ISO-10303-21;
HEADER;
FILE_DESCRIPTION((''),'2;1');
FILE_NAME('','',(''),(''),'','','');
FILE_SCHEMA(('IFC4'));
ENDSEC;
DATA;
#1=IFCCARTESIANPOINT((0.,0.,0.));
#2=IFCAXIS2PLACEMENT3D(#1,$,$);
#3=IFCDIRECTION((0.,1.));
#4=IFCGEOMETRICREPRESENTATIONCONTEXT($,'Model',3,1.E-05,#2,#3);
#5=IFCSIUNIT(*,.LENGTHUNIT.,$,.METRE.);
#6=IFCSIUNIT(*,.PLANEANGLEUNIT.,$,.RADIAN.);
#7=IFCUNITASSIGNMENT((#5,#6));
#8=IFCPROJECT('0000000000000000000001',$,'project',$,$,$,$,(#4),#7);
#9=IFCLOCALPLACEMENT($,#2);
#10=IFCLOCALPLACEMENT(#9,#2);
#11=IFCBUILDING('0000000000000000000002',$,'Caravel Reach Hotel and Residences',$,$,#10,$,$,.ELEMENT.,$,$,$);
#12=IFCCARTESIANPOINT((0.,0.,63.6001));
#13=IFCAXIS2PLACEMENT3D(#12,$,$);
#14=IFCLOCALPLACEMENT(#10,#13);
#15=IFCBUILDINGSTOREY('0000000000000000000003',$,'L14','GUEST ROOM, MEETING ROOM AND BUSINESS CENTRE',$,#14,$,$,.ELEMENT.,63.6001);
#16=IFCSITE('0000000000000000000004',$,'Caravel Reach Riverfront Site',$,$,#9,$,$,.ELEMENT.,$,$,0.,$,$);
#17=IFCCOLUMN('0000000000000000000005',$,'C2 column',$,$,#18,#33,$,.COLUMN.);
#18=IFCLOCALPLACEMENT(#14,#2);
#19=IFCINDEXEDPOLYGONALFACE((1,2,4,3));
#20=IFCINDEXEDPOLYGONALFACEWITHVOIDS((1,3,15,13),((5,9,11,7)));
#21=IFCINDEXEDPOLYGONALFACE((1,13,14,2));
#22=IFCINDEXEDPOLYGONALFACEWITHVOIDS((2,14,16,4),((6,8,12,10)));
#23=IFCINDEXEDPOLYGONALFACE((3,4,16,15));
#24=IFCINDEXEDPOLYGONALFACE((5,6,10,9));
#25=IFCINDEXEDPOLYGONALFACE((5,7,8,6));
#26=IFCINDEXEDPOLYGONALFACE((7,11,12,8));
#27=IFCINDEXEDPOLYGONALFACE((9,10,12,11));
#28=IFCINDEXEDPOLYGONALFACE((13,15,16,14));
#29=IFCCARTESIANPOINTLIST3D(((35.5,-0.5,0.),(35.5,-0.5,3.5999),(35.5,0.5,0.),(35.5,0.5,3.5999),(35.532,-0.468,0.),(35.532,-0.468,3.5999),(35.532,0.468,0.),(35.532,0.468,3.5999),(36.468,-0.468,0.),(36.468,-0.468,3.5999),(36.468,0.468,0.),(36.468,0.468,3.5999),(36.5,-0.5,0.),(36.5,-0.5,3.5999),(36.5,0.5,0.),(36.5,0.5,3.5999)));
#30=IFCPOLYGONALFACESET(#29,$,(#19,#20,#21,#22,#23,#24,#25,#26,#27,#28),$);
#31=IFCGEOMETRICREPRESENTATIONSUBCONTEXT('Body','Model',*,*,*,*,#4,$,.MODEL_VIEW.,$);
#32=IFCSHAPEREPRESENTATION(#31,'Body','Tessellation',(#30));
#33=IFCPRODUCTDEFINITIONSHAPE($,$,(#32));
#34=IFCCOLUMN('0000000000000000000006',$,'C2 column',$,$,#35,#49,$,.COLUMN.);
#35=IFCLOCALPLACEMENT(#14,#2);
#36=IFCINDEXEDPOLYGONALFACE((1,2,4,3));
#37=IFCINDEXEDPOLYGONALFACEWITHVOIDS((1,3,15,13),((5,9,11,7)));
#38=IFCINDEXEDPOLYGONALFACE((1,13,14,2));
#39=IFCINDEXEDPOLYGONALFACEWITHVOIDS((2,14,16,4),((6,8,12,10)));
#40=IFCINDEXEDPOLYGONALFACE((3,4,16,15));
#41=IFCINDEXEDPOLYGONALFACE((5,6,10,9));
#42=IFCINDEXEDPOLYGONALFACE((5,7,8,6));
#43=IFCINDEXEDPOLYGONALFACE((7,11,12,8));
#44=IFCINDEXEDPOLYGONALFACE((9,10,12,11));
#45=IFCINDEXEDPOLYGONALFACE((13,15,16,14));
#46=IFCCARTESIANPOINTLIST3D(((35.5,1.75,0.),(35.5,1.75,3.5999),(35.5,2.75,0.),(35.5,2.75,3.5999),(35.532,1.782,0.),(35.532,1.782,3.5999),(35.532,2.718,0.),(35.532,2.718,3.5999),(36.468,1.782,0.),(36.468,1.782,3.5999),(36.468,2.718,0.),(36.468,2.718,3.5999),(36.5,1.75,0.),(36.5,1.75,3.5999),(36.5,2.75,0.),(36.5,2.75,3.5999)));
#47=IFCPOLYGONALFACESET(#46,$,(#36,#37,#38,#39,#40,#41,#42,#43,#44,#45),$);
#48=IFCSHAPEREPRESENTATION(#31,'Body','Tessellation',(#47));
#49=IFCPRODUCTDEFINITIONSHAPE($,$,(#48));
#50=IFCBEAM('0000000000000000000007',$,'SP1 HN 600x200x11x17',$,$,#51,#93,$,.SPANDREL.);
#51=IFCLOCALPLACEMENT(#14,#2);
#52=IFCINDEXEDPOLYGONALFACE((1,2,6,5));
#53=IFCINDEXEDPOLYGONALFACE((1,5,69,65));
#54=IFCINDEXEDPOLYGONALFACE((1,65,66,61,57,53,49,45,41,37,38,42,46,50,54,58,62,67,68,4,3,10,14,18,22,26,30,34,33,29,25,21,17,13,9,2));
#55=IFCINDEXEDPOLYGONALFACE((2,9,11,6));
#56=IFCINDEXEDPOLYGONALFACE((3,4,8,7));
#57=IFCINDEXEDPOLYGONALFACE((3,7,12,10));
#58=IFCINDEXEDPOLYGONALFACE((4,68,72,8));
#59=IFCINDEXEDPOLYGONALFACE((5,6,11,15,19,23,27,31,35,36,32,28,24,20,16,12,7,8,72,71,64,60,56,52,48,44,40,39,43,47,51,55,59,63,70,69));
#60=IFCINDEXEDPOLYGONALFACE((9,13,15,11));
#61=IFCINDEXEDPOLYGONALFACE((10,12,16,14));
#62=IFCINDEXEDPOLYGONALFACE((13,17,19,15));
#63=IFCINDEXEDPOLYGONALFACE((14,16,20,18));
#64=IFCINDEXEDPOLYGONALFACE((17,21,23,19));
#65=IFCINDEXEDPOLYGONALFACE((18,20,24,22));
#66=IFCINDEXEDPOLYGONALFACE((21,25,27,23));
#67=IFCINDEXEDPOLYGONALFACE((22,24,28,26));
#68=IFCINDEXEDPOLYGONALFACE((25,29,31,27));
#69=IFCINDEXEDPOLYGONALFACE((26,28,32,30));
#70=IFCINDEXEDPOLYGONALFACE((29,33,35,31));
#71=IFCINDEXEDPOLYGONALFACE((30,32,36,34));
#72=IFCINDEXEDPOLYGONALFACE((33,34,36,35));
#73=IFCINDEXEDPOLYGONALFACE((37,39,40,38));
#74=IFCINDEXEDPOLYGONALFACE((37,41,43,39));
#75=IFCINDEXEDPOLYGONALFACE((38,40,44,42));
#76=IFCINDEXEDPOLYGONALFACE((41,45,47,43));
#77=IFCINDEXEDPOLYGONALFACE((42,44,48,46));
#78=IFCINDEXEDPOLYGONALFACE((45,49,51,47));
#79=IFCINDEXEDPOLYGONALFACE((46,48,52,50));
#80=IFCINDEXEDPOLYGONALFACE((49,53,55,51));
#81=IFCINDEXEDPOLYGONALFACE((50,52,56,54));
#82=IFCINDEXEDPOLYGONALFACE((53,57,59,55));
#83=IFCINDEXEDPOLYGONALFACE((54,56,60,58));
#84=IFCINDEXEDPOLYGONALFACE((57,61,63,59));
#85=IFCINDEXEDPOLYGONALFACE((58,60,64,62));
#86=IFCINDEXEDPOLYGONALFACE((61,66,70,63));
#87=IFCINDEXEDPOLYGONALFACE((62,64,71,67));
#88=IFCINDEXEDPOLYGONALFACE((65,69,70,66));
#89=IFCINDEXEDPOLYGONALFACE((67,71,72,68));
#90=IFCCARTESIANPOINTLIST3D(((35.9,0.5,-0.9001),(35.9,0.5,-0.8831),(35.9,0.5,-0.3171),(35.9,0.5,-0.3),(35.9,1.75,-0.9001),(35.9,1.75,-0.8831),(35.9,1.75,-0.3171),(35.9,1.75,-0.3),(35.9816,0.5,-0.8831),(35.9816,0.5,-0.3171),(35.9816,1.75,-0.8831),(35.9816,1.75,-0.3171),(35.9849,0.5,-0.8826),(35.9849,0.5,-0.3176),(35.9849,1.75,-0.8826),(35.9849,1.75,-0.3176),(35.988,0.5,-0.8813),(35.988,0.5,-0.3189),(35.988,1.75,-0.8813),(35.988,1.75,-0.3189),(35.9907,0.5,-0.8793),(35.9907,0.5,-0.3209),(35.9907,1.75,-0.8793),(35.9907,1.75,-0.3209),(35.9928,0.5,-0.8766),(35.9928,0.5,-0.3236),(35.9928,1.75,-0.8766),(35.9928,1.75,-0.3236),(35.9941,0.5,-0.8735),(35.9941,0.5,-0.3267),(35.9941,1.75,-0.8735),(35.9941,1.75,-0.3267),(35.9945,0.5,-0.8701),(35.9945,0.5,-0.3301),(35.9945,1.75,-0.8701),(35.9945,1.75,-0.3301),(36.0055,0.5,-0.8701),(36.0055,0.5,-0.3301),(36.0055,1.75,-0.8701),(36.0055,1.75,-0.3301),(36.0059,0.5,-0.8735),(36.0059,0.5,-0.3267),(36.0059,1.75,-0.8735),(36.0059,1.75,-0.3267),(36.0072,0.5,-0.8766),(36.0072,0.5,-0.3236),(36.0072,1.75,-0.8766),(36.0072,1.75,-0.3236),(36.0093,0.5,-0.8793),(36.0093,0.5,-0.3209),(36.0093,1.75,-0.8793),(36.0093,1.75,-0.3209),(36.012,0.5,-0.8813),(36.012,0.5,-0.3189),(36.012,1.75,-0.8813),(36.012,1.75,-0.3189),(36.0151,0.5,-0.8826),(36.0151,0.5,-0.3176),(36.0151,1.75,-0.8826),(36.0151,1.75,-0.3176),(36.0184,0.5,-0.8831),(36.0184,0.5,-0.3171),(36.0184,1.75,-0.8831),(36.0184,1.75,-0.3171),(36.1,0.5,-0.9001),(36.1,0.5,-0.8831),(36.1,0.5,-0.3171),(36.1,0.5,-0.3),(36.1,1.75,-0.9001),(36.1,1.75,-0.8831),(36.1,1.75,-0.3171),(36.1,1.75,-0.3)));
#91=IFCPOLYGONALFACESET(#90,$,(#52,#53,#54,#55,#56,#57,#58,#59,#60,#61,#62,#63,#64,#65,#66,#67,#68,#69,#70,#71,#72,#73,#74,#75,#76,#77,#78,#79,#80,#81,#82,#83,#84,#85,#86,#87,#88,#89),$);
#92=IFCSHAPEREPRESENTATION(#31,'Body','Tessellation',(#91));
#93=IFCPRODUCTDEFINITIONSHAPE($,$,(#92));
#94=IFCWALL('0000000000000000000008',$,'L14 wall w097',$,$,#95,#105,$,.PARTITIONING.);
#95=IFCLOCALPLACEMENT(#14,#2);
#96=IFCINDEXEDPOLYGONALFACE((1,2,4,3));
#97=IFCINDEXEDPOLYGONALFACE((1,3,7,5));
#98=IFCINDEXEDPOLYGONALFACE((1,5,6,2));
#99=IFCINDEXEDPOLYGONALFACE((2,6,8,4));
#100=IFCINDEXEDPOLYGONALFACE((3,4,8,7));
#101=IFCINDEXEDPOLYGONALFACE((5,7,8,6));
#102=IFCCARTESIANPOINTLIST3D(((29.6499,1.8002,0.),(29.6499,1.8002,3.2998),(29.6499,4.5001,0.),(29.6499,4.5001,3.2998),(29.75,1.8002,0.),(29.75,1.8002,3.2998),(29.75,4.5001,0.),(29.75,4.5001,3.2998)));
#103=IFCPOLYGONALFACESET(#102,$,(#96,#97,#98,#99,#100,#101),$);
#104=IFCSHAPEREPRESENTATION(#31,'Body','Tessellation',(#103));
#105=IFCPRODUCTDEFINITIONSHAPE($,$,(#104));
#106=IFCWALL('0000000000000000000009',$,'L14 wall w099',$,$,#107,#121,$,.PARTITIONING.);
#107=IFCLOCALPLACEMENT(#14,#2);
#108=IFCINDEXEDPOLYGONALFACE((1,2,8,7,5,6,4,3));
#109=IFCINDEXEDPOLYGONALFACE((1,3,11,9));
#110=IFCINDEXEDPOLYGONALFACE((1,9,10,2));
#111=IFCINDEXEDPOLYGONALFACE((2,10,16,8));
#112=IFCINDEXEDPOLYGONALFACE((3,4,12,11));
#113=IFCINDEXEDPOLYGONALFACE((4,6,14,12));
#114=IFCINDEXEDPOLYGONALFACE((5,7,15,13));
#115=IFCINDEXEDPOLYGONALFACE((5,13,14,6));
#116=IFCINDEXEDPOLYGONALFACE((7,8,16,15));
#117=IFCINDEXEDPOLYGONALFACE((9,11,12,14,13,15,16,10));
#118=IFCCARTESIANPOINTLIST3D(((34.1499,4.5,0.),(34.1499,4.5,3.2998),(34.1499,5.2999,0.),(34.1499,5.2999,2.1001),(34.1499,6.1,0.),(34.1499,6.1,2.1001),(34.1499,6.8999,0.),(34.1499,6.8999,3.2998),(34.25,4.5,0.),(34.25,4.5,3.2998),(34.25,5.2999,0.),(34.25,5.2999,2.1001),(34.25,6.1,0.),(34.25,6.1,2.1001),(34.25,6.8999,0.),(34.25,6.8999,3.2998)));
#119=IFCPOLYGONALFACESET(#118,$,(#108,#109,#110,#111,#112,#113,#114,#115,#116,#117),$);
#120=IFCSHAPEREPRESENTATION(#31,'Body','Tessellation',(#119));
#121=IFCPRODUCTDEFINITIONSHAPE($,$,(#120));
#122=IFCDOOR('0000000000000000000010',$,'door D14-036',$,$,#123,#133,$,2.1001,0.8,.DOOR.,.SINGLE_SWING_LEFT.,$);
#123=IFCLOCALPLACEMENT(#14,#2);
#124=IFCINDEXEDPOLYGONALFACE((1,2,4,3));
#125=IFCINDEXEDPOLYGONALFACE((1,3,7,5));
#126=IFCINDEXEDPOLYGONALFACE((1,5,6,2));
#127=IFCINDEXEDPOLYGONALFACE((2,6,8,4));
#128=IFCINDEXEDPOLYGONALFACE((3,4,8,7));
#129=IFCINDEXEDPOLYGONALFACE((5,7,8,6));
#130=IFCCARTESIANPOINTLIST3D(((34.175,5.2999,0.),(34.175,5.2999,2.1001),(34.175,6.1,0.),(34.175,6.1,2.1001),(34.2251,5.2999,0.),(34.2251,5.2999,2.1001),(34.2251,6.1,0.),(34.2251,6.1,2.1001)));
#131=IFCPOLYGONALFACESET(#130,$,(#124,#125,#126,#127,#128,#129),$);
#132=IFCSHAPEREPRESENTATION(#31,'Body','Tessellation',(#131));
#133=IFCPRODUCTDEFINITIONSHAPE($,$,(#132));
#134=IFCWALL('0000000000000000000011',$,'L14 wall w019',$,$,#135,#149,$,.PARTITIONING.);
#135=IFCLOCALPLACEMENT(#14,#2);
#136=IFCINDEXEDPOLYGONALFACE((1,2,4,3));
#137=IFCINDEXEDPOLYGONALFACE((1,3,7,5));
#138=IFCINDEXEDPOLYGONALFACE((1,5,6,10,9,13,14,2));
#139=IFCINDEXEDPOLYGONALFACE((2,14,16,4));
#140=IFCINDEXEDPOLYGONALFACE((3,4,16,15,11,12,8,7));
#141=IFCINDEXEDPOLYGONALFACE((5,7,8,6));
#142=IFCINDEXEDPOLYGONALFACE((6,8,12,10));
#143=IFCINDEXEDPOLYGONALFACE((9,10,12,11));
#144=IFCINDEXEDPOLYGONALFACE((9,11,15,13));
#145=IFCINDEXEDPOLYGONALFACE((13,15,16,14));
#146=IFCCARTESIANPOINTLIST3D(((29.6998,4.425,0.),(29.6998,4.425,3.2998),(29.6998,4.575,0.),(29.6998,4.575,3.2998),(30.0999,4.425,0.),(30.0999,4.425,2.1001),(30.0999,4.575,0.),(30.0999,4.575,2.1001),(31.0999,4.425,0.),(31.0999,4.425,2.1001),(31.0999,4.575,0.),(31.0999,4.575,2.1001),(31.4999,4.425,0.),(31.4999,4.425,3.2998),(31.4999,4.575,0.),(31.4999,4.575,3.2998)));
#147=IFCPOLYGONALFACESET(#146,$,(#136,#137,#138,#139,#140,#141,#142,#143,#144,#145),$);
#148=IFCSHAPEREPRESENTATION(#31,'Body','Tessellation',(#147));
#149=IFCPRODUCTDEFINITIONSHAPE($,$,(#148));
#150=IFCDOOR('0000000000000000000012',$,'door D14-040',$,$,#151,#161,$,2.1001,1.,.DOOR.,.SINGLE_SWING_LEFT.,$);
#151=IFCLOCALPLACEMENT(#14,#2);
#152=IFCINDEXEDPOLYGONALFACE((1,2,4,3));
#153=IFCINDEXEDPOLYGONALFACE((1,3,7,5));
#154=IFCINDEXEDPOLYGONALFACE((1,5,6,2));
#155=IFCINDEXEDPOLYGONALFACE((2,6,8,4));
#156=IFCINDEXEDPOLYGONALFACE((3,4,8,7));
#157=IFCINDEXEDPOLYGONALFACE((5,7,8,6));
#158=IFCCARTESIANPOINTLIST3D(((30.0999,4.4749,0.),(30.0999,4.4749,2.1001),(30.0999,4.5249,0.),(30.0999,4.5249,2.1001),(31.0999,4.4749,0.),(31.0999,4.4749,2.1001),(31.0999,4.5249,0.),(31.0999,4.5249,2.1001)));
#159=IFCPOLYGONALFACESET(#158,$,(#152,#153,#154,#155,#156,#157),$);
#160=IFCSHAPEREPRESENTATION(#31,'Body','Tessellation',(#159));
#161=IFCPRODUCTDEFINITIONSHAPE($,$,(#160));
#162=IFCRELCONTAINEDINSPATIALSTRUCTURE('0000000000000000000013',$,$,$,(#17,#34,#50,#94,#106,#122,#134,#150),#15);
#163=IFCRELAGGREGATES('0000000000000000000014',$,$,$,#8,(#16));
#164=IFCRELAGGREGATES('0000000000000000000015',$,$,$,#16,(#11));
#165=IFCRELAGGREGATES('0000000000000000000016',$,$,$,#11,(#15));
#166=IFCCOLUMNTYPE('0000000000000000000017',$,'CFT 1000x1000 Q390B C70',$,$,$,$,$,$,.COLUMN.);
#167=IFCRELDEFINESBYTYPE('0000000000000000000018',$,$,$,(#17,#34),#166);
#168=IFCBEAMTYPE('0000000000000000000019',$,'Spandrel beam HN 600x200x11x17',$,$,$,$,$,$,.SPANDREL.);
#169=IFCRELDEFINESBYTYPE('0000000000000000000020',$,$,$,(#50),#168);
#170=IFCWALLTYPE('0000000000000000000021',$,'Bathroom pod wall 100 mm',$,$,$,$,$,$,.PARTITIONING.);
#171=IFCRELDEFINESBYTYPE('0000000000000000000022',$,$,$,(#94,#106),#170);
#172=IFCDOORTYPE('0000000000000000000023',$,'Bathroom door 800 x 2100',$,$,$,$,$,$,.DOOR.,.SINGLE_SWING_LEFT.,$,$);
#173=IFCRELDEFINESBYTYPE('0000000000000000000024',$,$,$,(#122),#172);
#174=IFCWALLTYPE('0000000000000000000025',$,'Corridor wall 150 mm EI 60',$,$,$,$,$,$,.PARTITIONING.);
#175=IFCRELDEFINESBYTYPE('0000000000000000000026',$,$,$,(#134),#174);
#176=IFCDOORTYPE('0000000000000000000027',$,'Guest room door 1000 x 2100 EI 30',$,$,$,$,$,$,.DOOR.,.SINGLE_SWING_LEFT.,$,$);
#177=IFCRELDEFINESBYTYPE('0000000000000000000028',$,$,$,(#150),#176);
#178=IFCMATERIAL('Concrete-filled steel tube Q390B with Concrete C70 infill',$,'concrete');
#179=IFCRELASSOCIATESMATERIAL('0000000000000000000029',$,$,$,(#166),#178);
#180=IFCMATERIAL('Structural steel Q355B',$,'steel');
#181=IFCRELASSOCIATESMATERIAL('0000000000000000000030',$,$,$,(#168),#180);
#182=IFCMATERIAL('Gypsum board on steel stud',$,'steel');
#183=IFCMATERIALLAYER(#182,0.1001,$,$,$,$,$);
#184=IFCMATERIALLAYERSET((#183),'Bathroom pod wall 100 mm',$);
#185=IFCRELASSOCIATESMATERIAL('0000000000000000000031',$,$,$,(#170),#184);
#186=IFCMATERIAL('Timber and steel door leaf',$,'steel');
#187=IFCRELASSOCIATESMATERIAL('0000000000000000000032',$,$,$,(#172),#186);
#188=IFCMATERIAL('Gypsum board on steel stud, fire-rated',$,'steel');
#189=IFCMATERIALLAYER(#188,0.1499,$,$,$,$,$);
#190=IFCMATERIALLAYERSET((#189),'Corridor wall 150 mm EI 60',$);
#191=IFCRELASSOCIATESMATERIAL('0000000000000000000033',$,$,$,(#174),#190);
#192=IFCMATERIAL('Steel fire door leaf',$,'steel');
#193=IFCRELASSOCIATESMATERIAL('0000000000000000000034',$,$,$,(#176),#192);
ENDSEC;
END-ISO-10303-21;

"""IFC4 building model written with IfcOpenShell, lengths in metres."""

from ifc_helpers import new_model, si_unit, direction, frame, frame_2d, origin, origin_2d, place, context, subcontext, project, spatial, rectangle, hollow_rectangle, i_section, extrude, material, layer, layer_set, material_profile, profile_set, type_object, element, fill, save


model = new_model("IFC4")

# Units and contexts
model_context = context("Model", 3, precision=1e-05, world=origin(), true_north=direction((0.0, 1.0)))
body_context = subcontext(model_context, "Body", "Model", "MODEL_VIEW")
ifc_project = project(units=[si_unit("LENGTHUNIT", "METRE"), si_unit("PLANEANGLEUNIT", "RADIAN")], contexts=[model_context])

# Site, building, storey
site_placement = place(None, origin())
site = spatial("IfcSite", under=ifc_project, at=site_placement, Name="Caravel Reach Riverfront Site", CompositionType="ELEMENT", RefElevation=0.0)
building_placement = place(site_placement, origin())
building = spatial("IfcBuilding", under=site, at=building_placement, Name="Caravel Reach Hotel and Residences", CompositionType="ELEMENT")
storey_placement = place(building_placement, frame((0.0, 0.0, 63.6001)))
storey = spatial("IfcBuildingStorey", under=building, at=storey_placement, Name="L14", Description="GUEST ROOM, MEETING ROOM AND BUSINESS CENTRE", CompositionType="ELEMENT", Elevation=63.6001)

# Columns
ifc_material_1 = material(Name="Concrete-filled steel tube Q390B with Concrete C70 infill", Category="concrete")
ifc_material_profile_1 = material_profile(ifc_material_1, hollow_rectangle(XDim=1.0, YDim=1.0, WallThickness=0.032, at=origin_2d()), Name="RHS 1000x1000x32")
ifc_profile_set_1 = profile_set([ifc_material_profile_1], Name="Concrete-filled steel tube Q390B with Concrete C70 infill")
column_type = type_object("IfcColumnType", Name="CFT 1000x1000 Q390B C70", PredefinedType="COLUMN", material=ifc_profile_set_1)
for number, where, z_axis, x_axis, name in (
    (1, (36.0, 0.0, 0.0), (0.0, 0.0, 1.0), (1.0, 0.0, 0.0), "C2 column"),
    (2, (36.0, 2.25, 0.0), (0.0, 0.0, 1.0), (1.0, 0.0, 0.0), "C2 column"),
):
    element("IfcColumn", number, at=place(storey_placement, frame(where, z_axis=z_axis, x_axis=x_axis)), inside=storey, type_object=column_type, Name=name, PredefinedType="COLUMN", context=body_context, shape_type="SweptSolid", body=[
        extrude(hollow_rectangle(XDim=1.0, YDim=1.0, WallThickness=0.032, at=origin_2d()), origin(), (0.0, 0.0, 1.0), 3.5999),
    ])

# Beam
ifc_material_2 = material(Name="Structural steel Q355B", Category="steel")
ifc_material_profile_2 = material_profile(ifc_material_2, i_section(OverallWidth=0.2, OverallDepth=0.6001, WebThickness=0.011, FlangeThickness=0.0171, FilletRadius=0.0129, at=origin_2d()), Name="HN 600x200x11x17")
ifc_profile_set_2 = profile_set([ifc_material_profile_2], Name="Structural steel Q355B")
beam_type = type_object("IfcBeamType", Name="Spandrel beam HN 600x200x11x17", PredefinedType="SPANDREL", material=ifc_profile_set_2)
beam_placement = place(storey_placement, frame((36.0, 0.5, -0.6001), z_axis=(0.0, 1.0, 0.0), x_axis=(-1.0, 0.0, 0.0)))
element("IfcBeam", 3, at=beam_placement, inside=storey, type_object=beam_type, Name="SP1 HN 600x200x11x17", PredefinedType="SPANDREL", context=body_context, shape_type="SweptSolid", body=[
    extrude(i_section(OverallWidth=0.2, OverallDepth=0.6001, WebThickness=0.011, FlangeThickness=0.0171, FilletRadius=0.0129, at=origin_2d()), origin(), (0.0, 0.0, 1.0), 1.25),
])

# Wall
ifc_material_3 = material(Name="Gypsum board on steel stud", Category="steel")
ifc_layer_1 = layer(ifc_material_3, 0.1001)
ifc_layer_set_1 = layer_set([ifc_layer_1], Name="Bathroom pod wall 100 mm")
wall_type_1 = type_object("IfcWallType", Name="Bathroom pod wall 100 mm", PredefinedType="PARTITIONING", material=ifc_layer_set_1)
wall_1_placement = place(storey_placement, frame((29.7, 1.8, 0.0), z_axis=(0.0, 0.0, 1.0), x_axis=(0.0, 1.0, 0.0)))
element("IfcWall", 4, at=wall_1_placement, inside=storey, type_object=wall_type_1, Name="L14 wall w097", PredefinedType="PARTITIONING", context=body_context, shape_type="SweptSolid", body=[
    extrude(rectangle(XDim=2.7, YDim=0.1001, at=frame_2d((1.3501, 0.0))), origin(), (0.0, 0.0, 1.0), 3.2998),
])

# Walls, openings, doors
wall_2_placement = place(storey_placement, frame((34.2, 4.5, 0.0), z_axis=(0.0, 0.0, 1.0), x_axis=(0.0, 1.0, 0.0)))
wall_2 = element("IfcWall", 5, at=wall_2_placement, inside=storey, type_object=wall_type_1, Name="L14 wall w099", PredefinedType="PARTITIONING", context=body_context, shape_type="SweptSolid", body=[
    extrude(rectangle(XDim=2.3999, YDim=0.1001, at=frame_2d((1.2, 0.0))), origin(), (0.0, 0.0, 1.0), 3.2998),
])
opening_1_placement = place(wall_2_placement, frame((0.8, 0.0, 0.0)))
opening_1 = element("IfcOpeningElement", 6, at=opening_1_placement, cuts=wall_2, PredefinedType="OPENING", context=body_context, shape_type="SweptSolid", body=[
    extrude(rectangle(XDim=0.8, YDim=2.1001, at=frame_2d((0.3999, 1.05))), frame((0.0, 0.0601, 0.0), z_axis=(0.0, -1.0, 0.0), x_axis=(1.0, 0.0, 0.0)), (0.0, 0.0, 1.0), 0.1201),
])
ifc_material_4 = material(Name="Timber and steel door leaf", Category="steel")
door_type_1 = type_object("IfcDoorType", Name="Bathroom door 800 x 2100", OperationType="SINGLE_SWING_LEFT", PredefinedType="DOOR", material=ifc_material_4)
door_1_placement = place(opening_1_placement, origin())
door_1 = element("IfcDoor", 7, at=door_1_placement, inside=storey, type_object=door_type_1, Name="door D14-036", OperationType="SINGLE_SWING_LEFT", OverallHeight=2.1001, OverallWidth=0.8, PredefinedType="DOOR", context=body_context, shape_type="SweptSolid", body=[
    extrude(rectangle(XDim=0.8, YDim=2.1001, at=frame_2d((0.3999, 1.05))), frame((0.0, 0.0249, 0.0), z_axis=(0.0, -1.0, 0.0), x_axis=(1.0, 0.0, 0.0)), (0.0, 0.0, 1.0), 0.05),
])
fill(opening_1, door_1)
ifc_material_5 = material(Name="Gypsum board on steel stud, fire-rated", Category="steel")
ifc_layer_2 = layer(ifc_material_5, 0.1499)
ifc_layer_set_2 = layer_set([ifc_layer_2], Name="Corridor wall 150 mm EI 60")
wall_type_2 = type_object("IfcWallType", Name="Corridor wall 150 mm EI 60", PredefinedType="PARTITIONING", material=ifc_layer_set_2)
wall_3_placement = place(storey_placement, frame((29.7, 4.5, 0.0), z_axis=(0.0, 0.0, 1.0), x_axis=(1.0, 0.0, 0.0)))
wall_3 = element("IfcWall", 8, at=wall_3_placement, inside=storey, type_object=wall_type_2, Name="L14 wall w019", PredefinedType="PARTITIONING", context=body_context, shape_type="SweptSolid", body=[
    extrude(rectangle(XDim=1.8, YDim=0.1499, at=frame_2d((0.8999, 0.0))), origin(), (0.0, 0.0, 1.0), 3.2998),
])
opening_2_placement = place(wall_3_placement, frame((0.3999, 0.0, 0.0)))
opening_2 = element("IfcOpeningElement", 9, at=opening_2_placement, cuts=wall_3, PredefinedType="OPENING", context=body_context, shape_type="SweptSolid", body=[
    extrude(rectangle(XDim=1.0, YDim=2.1001, at=frame_2d((0.5, 1.05))), frame((0.0, 0.085, 0.0), z_axis=(0.0, -1.0, 0.0), x_axis=(1.0, 0.0, 0.0)), (0.0, 0.0, 1.0), 0.1699),
])
ifc_material_6 = material(Name="Steel fire door leaf", Category="steel")
door_type_2 = type_object("IfcDoorType", Name="Guest room door 1000 x 2100 EI 30", OperationType="SINGLE_SWING_LEFT", PredefinedType="DOOR", material=ifc_material_6)
door_2_placement = place(opening_2_placement, origin())
door_2 = element("IfcDoor", 10, at=door_2_placement, inside=storey, type_object=door_type_2, Name="door D14-040", OperationType="SINGLE_SWING_LEFT", OverallHeight=2.1001, OverallWidth=1.0, PredefinedType="DOOR", context=body_context, shape_type="SweptSolid", body=[
    extrude(rectangle(XDim=1.0, YDim=2.1001, at=frame_2d((0.5, 1.05))), frame((0.0, 0.0249, 0.0), z_axis=(0.0, -1.0, 0.0), x_axis=(1.0, 0.0, 0.0)), (0.0, 0.0, 1.0), 0.05),
])
fill(opening_2, door_2)

save(model, "model.ifc")
